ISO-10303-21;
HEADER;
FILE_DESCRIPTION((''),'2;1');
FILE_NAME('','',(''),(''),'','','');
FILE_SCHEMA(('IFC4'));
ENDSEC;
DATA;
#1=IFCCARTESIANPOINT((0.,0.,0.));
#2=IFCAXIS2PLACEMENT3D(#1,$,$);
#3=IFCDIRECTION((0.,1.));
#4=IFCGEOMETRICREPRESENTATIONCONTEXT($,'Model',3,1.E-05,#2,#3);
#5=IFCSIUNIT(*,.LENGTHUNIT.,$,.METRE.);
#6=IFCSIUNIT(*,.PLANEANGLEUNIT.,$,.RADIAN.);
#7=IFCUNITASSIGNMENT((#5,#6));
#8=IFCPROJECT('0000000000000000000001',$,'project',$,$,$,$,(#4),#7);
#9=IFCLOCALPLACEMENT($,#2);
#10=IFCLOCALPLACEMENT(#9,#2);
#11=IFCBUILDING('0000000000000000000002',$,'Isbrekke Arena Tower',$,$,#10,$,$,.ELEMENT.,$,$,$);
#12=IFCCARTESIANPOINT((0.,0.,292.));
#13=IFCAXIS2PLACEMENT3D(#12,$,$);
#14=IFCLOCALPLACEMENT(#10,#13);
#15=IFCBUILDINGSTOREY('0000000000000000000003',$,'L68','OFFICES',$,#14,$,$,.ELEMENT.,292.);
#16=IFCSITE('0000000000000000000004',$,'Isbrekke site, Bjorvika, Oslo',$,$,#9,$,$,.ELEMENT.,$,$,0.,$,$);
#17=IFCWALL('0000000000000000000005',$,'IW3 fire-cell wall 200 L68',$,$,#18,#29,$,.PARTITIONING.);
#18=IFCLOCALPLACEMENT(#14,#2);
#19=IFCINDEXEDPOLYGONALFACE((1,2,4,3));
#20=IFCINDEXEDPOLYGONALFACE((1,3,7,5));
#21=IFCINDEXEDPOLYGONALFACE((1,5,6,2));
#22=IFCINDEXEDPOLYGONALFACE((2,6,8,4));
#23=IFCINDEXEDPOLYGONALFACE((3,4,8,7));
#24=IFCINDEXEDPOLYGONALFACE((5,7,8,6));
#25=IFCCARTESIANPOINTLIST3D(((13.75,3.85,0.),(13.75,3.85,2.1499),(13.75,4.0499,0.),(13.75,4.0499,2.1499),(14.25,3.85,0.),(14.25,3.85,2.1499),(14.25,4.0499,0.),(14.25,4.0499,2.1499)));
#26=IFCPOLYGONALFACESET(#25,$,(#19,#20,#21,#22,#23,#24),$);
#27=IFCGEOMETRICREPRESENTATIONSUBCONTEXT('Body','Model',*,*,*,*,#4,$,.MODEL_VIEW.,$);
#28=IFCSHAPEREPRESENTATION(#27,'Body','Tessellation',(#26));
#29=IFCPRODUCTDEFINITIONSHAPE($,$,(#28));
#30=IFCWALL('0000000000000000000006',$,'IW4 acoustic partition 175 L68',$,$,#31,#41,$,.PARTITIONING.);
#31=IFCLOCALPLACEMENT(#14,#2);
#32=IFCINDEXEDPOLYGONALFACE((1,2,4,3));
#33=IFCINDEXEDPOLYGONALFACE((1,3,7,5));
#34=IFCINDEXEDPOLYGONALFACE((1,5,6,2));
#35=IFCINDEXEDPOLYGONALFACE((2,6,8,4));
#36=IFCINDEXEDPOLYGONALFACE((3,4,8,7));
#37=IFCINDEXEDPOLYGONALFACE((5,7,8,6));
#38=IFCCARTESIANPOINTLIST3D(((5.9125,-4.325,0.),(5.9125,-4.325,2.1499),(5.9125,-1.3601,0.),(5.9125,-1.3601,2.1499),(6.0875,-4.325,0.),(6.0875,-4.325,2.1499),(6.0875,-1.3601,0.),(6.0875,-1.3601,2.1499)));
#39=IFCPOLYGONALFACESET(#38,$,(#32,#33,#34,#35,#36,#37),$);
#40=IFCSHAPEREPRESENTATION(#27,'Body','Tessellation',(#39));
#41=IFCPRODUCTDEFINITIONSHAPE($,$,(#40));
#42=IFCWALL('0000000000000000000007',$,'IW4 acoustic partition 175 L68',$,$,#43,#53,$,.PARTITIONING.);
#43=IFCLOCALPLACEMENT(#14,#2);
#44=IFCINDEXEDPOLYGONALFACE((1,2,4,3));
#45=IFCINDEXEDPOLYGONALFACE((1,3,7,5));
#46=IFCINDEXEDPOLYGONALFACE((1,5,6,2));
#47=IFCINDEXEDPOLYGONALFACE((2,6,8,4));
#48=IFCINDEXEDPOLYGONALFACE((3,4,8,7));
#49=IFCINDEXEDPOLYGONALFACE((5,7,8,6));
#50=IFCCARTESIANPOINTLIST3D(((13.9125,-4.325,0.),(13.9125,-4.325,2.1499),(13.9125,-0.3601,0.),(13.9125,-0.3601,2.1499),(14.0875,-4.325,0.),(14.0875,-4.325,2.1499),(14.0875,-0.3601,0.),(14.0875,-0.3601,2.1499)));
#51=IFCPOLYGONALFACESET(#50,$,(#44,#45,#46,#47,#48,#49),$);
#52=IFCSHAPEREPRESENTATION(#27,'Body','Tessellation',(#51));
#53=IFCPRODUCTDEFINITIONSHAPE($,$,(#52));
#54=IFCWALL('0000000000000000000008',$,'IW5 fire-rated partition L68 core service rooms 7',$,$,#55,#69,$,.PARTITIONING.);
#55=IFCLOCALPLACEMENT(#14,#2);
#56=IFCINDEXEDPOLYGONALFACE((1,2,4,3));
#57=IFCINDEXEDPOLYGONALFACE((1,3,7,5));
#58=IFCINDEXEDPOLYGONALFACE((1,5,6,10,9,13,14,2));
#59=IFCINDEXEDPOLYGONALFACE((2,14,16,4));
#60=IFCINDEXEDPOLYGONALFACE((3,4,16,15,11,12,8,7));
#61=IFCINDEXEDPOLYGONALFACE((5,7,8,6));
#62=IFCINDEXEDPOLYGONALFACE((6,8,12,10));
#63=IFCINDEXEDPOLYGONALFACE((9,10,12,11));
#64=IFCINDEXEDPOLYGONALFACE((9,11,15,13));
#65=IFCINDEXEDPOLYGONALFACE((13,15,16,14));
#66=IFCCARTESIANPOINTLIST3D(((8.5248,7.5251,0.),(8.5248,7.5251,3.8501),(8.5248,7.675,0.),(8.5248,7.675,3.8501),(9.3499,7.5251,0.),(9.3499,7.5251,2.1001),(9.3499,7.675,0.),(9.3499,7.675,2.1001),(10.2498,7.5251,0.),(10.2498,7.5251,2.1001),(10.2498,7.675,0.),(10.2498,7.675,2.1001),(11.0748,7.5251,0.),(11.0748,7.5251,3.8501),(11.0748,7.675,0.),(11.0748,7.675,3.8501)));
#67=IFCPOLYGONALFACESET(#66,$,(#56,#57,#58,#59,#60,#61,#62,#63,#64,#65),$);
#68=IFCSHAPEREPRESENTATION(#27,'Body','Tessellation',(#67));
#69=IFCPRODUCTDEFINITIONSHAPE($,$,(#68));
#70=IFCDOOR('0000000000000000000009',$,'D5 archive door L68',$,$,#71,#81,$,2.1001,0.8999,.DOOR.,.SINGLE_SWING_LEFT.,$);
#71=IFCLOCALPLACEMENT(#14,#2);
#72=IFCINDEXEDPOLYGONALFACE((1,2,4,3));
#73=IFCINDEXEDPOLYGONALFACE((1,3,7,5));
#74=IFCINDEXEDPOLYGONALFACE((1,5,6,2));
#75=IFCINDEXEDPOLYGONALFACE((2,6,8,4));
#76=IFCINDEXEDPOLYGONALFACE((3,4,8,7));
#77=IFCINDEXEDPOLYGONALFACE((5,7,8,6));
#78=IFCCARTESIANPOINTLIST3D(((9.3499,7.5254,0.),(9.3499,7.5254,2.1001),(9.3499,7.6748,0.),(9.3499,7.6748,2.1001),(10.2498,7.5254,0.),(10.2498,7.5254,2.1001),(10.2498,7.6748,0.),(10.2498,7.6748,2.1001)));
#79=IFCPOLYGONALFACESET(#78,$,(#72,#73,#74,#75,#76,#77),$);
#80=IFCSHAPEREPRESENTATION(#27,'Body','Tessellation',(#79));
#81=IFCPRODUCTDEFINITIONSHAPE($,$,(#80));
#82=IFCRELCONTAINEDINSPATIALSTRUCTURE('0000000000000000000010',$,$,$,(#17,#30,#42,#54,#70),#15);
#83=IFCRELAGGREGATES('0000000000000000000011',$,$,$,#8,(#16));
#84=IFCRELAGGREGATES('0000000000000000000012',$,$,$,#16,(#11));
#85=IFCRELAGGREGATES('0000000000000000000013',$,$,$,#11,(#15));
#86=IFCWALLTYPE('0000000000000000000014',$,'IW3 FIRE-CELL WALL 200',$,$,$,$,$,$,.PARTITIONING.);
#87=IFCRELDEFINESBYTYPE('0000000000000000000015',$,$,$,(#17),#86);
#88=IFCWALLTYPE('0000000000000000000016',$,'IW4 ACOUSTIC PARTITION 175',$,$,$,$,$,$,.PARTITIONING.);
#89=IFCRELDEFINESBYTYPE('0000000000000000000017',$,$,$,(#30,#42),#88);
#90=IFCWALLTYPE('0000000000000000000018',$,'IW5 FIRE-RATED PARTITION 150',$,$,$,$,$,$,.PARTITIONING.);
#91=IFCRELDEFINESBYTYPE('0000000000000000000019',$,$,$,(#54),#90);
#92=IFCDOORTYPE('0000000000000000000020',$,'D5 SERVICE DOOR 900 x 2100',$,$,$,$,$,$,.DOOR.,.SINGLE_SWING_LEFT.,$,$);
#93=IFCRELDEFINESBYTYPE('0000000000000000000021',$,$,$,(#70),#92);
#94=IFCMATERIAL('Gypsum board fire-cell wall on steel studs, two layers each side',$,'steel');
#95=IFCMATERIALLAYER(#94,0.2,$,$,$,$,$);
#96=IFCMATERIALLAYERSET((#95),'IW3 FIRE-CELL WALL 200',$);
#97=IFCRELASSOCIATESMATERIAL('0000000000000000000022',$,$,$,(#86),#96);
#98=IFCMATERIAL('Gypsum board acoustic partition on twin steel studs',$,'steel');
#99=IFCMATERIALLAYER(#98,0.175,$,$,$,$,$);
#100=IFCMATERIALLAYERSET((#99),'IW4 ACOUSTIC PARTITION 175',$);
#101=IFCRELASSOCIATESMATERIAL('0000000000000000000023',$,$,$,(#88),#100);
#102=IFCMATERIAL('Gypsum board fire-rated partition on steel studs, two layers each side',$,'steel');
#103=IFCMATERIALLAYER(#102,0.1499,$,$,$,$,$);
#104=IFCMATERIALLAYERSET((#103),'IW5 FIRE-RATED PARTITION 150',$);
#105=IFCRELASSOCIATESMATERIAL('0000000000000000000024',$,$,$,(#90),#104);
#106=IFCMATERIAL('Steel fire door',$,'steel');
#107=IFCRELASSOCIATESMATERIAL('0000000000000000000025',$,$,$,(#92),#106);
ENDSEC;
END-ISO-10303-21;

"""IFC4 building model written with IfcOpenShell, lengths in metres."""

from ifc_helpers import new_model, si_unit, direction, frame, frame_2d, origin, place, context, subcontext, project, spatial, rectangle, extrude, material, layer, layer_set, type_object, element, fill, save


model = new_model("IFC4")

# Units and contexts
model_context = context("Model", 3, precision=1e-05, world=origin(), true_north=direction((0.0, 1.0)))
body_context = subcontext(model_context, "Body", "Model", "MODEL_VIEW")
ifc_project = project(units=[si_unit("LENGTHUNIT", "METRE"), si_unit("PLANEANGLEUNIT", "RADIAN")], contexts=[model_context])

# Site, building, storey
site_placement = place(None, origin())
site = spatial("IfcSite", under=ifc_project, at=site_placement, Name="Isbrekke site, Bjorvika, Oslo", CompositionType="ELEMENT", RefElevation=0.0)
building_placement = place(site_placement, origin())
building = spatial("IfcBuilding", under=site, at=building_placement, Name="Isbrekke Arena Tower", CompositionType="ELEMENT")
storey_placement = place(building_placement, frame((0.0, 0.0, 292.0)))
storey = spatial("IfcBuildingStorey", under=building, at=storey_placement, Name="L68", Description="OFFICES", CompositionType="ELEMENT", Elevation=292.0)

# Shared definitions
ifc_material_1 = material(Name="Gypsum board fire-cell wall on steel studs, two layers each side", Category="steel")
ifc_layer_1 = layer(ifc_material_1, 0.2)
ifc_layer_set_1 = layer_set([ifc_layer_1], Name="IW3 FIRE-CELL WALL 200")
wall_type_1 = type_object("IfcWallType", Name="IW3 FIRE-CELL WALL 200", PredefinedType="PARTITIONING", material=ifc_layer_set_1)

# Walls
wall_1_placement = place(storey_placement, frame((13.75, 3.95, 0.0), z_axis=(0.0, 0.0, 1.0), x_axis=(1.0, 0.0, 0.0)))
element("IfcWall", 1, at=wall_1_placement, inside=storey, type_object=wall_type_1, Name="IW3 fire-cell wall 200 L68", PredefinedType="PARTITIONING", context=body_context, shape_type="SweptSolid", body=[
    extrude(rectangle(XDim=0.5, YDim=0.2, at=frame_2d((0.25, 0.0))), origin(), (0.0, 0.0, 1.0), 2.1499),
])
ifc_material_2 = material(Name="Gypsum board acoustic partition on twin steel studs", Category="steel")
ifc_layer_2 = layer(ifc_material_2, 0.175)
ifc_layer_set_2 = layer_set([ifc_layer_2], Name="IW4 ACOUSTIC PARTITION 175")
wall_type_2 = type_object("IfcWallType", Name="IW4 ACOUSTIC PARTITION 175", PredefinedType="PARTITIONING", material=ifc_layer_set_2)
wall_2_placement = place(storey_placement, frame((6.0, -4.325, 0.0), z_axis=(0.0, 0.0, 1.0), x_axis=(0.0, 1.0, 0.0)))
element("IfcWall", 2, at=wall_2_placement, inside=storey, type_object=wall_type_2, Name="IW4 acoustic partition 175 L68", PredefinedType="PARTITIONING", context=body_context, shape_type="SweptSolid", body=[
    extrude(rectangle(XDim=2.9648, YDim=0.175, at=frame_2d((1.4824, 0.0))), origin(), (0.0, 0.0, 1.0), 2.1499),
])
wall_3_placement = place(storey_placement, frame((14.0, -4.325, 0.0), z_axis=(0.0, 0.0, 1.0), x_axis=(0.0, 1.0, 0.0)))
element("IfcWall", 3, at=wall_3_placement, inside=storey, type_object=wall_type_2, Name="IW4 acoustic partition 175 L68", PredefinedType="PARTITIONING", context=body_context, shape_type="SweptSolid", body=[
    extrude(rectangle(XDim=3.9648, YDim=0.175, at=frame_2d((1.9824, 0.0))), origin(), (0.0, 0.0, 1.0), 2.1499),
])

# Wall, opening, door
ifc_material_3 = material(Name="Gypsum board fire-rated partition on steel studs, two layers each side", Category="steel")
ifc_layer_3 = layer(ifc_material_3, 0.1499)
ifc_layer_set_3 = layer_set([ifc_layer_3], Name="IW5 FIRE-RATED PARTITION 150")
wall_type_3 = type_object("IfcWallType", Name="IW5 FIRE-RATED PARTITION 150", PredefinedType="PARTITIONING", material=ifc_layer_set_3)
wall_4_placement = place(storey_placement, frame((8.5249, 7.6001, 0.0), z_axis=(0.0, 0.0, 1.0), x_axis=(1.0, 0.0, 0.0)))
wall_4 = element("IfcWall", 4, at=wall_4_placement, inside=storey, type_object=wall_type_3, Name="IW5 fire-rated partition L68 core service rooms 7", PredefinedType="PARTITIONING", context=body_context, shape_type="SweptSolid", body=[
    extrude(rectangle(XDim=2.55, YDim=0.1499, at=frame_2d((1.2749, 0.0))), origin(), (0.0, 0.0, 1.0), 3.8501),
])
opening_1_placement = place(wall_4_placement, frame((0.825, 0.0, 0.0)))
opening_1 = element("IfcOpeningElement", 5, at=opening_1_placement, cuts=wall_4, PredefinedType="OPENING", context=body_context, shape_type="SweptSolid", body=[
    extrude(rectangle(XDim=0.8999, YDim=2.1001, at=frame_2d((0.45, 1.05))), frame((0.0, 0.0898, 0.0), z_axis=(0.0, -1.0, 0.0), x_axis=(1.0, 0.0, 0.0)), (0.0, 0.0, 1.0), 0.1797),
])
ifc_material_4 = material(Name="Steel fire door", Category="steel")
door_type_1 = type_object("IfcDoorType", Name="D5 SERVICE DOOR 900 x 2100", OperationType="SINGLE_SWING_LEFT", PredefinedType="DOOR", material=ifc_material_4)
door_1_placement = place(opening_1_placement, origin())
door_1 = element("IfcDoor", 6, at=door_1_placement, inside=storey, type_object=door_type_1, Name="D5 archive door L68", OperationType="SINGLE_SWING_LEFT", OverallHeight=2.1001, OverallWidth=0.8999, PredefinedType="DOOR", context=body_context, shape_type="SweptSolid", body=[
    extrude(rectangle(XDim=0.8999, YDim=2.1001, at=frame_2d((0.45, 1.05))), frame((0.0, 0.0747, 0.0), z_axis=(0.0, -1.0, 0.0), x_axis=(1.0, 0.0, 0.0)), (0.0, 0.0, 1.0), 0.1494),
])
fill(opening_1, door_1)

save(model, "model.ifc")
